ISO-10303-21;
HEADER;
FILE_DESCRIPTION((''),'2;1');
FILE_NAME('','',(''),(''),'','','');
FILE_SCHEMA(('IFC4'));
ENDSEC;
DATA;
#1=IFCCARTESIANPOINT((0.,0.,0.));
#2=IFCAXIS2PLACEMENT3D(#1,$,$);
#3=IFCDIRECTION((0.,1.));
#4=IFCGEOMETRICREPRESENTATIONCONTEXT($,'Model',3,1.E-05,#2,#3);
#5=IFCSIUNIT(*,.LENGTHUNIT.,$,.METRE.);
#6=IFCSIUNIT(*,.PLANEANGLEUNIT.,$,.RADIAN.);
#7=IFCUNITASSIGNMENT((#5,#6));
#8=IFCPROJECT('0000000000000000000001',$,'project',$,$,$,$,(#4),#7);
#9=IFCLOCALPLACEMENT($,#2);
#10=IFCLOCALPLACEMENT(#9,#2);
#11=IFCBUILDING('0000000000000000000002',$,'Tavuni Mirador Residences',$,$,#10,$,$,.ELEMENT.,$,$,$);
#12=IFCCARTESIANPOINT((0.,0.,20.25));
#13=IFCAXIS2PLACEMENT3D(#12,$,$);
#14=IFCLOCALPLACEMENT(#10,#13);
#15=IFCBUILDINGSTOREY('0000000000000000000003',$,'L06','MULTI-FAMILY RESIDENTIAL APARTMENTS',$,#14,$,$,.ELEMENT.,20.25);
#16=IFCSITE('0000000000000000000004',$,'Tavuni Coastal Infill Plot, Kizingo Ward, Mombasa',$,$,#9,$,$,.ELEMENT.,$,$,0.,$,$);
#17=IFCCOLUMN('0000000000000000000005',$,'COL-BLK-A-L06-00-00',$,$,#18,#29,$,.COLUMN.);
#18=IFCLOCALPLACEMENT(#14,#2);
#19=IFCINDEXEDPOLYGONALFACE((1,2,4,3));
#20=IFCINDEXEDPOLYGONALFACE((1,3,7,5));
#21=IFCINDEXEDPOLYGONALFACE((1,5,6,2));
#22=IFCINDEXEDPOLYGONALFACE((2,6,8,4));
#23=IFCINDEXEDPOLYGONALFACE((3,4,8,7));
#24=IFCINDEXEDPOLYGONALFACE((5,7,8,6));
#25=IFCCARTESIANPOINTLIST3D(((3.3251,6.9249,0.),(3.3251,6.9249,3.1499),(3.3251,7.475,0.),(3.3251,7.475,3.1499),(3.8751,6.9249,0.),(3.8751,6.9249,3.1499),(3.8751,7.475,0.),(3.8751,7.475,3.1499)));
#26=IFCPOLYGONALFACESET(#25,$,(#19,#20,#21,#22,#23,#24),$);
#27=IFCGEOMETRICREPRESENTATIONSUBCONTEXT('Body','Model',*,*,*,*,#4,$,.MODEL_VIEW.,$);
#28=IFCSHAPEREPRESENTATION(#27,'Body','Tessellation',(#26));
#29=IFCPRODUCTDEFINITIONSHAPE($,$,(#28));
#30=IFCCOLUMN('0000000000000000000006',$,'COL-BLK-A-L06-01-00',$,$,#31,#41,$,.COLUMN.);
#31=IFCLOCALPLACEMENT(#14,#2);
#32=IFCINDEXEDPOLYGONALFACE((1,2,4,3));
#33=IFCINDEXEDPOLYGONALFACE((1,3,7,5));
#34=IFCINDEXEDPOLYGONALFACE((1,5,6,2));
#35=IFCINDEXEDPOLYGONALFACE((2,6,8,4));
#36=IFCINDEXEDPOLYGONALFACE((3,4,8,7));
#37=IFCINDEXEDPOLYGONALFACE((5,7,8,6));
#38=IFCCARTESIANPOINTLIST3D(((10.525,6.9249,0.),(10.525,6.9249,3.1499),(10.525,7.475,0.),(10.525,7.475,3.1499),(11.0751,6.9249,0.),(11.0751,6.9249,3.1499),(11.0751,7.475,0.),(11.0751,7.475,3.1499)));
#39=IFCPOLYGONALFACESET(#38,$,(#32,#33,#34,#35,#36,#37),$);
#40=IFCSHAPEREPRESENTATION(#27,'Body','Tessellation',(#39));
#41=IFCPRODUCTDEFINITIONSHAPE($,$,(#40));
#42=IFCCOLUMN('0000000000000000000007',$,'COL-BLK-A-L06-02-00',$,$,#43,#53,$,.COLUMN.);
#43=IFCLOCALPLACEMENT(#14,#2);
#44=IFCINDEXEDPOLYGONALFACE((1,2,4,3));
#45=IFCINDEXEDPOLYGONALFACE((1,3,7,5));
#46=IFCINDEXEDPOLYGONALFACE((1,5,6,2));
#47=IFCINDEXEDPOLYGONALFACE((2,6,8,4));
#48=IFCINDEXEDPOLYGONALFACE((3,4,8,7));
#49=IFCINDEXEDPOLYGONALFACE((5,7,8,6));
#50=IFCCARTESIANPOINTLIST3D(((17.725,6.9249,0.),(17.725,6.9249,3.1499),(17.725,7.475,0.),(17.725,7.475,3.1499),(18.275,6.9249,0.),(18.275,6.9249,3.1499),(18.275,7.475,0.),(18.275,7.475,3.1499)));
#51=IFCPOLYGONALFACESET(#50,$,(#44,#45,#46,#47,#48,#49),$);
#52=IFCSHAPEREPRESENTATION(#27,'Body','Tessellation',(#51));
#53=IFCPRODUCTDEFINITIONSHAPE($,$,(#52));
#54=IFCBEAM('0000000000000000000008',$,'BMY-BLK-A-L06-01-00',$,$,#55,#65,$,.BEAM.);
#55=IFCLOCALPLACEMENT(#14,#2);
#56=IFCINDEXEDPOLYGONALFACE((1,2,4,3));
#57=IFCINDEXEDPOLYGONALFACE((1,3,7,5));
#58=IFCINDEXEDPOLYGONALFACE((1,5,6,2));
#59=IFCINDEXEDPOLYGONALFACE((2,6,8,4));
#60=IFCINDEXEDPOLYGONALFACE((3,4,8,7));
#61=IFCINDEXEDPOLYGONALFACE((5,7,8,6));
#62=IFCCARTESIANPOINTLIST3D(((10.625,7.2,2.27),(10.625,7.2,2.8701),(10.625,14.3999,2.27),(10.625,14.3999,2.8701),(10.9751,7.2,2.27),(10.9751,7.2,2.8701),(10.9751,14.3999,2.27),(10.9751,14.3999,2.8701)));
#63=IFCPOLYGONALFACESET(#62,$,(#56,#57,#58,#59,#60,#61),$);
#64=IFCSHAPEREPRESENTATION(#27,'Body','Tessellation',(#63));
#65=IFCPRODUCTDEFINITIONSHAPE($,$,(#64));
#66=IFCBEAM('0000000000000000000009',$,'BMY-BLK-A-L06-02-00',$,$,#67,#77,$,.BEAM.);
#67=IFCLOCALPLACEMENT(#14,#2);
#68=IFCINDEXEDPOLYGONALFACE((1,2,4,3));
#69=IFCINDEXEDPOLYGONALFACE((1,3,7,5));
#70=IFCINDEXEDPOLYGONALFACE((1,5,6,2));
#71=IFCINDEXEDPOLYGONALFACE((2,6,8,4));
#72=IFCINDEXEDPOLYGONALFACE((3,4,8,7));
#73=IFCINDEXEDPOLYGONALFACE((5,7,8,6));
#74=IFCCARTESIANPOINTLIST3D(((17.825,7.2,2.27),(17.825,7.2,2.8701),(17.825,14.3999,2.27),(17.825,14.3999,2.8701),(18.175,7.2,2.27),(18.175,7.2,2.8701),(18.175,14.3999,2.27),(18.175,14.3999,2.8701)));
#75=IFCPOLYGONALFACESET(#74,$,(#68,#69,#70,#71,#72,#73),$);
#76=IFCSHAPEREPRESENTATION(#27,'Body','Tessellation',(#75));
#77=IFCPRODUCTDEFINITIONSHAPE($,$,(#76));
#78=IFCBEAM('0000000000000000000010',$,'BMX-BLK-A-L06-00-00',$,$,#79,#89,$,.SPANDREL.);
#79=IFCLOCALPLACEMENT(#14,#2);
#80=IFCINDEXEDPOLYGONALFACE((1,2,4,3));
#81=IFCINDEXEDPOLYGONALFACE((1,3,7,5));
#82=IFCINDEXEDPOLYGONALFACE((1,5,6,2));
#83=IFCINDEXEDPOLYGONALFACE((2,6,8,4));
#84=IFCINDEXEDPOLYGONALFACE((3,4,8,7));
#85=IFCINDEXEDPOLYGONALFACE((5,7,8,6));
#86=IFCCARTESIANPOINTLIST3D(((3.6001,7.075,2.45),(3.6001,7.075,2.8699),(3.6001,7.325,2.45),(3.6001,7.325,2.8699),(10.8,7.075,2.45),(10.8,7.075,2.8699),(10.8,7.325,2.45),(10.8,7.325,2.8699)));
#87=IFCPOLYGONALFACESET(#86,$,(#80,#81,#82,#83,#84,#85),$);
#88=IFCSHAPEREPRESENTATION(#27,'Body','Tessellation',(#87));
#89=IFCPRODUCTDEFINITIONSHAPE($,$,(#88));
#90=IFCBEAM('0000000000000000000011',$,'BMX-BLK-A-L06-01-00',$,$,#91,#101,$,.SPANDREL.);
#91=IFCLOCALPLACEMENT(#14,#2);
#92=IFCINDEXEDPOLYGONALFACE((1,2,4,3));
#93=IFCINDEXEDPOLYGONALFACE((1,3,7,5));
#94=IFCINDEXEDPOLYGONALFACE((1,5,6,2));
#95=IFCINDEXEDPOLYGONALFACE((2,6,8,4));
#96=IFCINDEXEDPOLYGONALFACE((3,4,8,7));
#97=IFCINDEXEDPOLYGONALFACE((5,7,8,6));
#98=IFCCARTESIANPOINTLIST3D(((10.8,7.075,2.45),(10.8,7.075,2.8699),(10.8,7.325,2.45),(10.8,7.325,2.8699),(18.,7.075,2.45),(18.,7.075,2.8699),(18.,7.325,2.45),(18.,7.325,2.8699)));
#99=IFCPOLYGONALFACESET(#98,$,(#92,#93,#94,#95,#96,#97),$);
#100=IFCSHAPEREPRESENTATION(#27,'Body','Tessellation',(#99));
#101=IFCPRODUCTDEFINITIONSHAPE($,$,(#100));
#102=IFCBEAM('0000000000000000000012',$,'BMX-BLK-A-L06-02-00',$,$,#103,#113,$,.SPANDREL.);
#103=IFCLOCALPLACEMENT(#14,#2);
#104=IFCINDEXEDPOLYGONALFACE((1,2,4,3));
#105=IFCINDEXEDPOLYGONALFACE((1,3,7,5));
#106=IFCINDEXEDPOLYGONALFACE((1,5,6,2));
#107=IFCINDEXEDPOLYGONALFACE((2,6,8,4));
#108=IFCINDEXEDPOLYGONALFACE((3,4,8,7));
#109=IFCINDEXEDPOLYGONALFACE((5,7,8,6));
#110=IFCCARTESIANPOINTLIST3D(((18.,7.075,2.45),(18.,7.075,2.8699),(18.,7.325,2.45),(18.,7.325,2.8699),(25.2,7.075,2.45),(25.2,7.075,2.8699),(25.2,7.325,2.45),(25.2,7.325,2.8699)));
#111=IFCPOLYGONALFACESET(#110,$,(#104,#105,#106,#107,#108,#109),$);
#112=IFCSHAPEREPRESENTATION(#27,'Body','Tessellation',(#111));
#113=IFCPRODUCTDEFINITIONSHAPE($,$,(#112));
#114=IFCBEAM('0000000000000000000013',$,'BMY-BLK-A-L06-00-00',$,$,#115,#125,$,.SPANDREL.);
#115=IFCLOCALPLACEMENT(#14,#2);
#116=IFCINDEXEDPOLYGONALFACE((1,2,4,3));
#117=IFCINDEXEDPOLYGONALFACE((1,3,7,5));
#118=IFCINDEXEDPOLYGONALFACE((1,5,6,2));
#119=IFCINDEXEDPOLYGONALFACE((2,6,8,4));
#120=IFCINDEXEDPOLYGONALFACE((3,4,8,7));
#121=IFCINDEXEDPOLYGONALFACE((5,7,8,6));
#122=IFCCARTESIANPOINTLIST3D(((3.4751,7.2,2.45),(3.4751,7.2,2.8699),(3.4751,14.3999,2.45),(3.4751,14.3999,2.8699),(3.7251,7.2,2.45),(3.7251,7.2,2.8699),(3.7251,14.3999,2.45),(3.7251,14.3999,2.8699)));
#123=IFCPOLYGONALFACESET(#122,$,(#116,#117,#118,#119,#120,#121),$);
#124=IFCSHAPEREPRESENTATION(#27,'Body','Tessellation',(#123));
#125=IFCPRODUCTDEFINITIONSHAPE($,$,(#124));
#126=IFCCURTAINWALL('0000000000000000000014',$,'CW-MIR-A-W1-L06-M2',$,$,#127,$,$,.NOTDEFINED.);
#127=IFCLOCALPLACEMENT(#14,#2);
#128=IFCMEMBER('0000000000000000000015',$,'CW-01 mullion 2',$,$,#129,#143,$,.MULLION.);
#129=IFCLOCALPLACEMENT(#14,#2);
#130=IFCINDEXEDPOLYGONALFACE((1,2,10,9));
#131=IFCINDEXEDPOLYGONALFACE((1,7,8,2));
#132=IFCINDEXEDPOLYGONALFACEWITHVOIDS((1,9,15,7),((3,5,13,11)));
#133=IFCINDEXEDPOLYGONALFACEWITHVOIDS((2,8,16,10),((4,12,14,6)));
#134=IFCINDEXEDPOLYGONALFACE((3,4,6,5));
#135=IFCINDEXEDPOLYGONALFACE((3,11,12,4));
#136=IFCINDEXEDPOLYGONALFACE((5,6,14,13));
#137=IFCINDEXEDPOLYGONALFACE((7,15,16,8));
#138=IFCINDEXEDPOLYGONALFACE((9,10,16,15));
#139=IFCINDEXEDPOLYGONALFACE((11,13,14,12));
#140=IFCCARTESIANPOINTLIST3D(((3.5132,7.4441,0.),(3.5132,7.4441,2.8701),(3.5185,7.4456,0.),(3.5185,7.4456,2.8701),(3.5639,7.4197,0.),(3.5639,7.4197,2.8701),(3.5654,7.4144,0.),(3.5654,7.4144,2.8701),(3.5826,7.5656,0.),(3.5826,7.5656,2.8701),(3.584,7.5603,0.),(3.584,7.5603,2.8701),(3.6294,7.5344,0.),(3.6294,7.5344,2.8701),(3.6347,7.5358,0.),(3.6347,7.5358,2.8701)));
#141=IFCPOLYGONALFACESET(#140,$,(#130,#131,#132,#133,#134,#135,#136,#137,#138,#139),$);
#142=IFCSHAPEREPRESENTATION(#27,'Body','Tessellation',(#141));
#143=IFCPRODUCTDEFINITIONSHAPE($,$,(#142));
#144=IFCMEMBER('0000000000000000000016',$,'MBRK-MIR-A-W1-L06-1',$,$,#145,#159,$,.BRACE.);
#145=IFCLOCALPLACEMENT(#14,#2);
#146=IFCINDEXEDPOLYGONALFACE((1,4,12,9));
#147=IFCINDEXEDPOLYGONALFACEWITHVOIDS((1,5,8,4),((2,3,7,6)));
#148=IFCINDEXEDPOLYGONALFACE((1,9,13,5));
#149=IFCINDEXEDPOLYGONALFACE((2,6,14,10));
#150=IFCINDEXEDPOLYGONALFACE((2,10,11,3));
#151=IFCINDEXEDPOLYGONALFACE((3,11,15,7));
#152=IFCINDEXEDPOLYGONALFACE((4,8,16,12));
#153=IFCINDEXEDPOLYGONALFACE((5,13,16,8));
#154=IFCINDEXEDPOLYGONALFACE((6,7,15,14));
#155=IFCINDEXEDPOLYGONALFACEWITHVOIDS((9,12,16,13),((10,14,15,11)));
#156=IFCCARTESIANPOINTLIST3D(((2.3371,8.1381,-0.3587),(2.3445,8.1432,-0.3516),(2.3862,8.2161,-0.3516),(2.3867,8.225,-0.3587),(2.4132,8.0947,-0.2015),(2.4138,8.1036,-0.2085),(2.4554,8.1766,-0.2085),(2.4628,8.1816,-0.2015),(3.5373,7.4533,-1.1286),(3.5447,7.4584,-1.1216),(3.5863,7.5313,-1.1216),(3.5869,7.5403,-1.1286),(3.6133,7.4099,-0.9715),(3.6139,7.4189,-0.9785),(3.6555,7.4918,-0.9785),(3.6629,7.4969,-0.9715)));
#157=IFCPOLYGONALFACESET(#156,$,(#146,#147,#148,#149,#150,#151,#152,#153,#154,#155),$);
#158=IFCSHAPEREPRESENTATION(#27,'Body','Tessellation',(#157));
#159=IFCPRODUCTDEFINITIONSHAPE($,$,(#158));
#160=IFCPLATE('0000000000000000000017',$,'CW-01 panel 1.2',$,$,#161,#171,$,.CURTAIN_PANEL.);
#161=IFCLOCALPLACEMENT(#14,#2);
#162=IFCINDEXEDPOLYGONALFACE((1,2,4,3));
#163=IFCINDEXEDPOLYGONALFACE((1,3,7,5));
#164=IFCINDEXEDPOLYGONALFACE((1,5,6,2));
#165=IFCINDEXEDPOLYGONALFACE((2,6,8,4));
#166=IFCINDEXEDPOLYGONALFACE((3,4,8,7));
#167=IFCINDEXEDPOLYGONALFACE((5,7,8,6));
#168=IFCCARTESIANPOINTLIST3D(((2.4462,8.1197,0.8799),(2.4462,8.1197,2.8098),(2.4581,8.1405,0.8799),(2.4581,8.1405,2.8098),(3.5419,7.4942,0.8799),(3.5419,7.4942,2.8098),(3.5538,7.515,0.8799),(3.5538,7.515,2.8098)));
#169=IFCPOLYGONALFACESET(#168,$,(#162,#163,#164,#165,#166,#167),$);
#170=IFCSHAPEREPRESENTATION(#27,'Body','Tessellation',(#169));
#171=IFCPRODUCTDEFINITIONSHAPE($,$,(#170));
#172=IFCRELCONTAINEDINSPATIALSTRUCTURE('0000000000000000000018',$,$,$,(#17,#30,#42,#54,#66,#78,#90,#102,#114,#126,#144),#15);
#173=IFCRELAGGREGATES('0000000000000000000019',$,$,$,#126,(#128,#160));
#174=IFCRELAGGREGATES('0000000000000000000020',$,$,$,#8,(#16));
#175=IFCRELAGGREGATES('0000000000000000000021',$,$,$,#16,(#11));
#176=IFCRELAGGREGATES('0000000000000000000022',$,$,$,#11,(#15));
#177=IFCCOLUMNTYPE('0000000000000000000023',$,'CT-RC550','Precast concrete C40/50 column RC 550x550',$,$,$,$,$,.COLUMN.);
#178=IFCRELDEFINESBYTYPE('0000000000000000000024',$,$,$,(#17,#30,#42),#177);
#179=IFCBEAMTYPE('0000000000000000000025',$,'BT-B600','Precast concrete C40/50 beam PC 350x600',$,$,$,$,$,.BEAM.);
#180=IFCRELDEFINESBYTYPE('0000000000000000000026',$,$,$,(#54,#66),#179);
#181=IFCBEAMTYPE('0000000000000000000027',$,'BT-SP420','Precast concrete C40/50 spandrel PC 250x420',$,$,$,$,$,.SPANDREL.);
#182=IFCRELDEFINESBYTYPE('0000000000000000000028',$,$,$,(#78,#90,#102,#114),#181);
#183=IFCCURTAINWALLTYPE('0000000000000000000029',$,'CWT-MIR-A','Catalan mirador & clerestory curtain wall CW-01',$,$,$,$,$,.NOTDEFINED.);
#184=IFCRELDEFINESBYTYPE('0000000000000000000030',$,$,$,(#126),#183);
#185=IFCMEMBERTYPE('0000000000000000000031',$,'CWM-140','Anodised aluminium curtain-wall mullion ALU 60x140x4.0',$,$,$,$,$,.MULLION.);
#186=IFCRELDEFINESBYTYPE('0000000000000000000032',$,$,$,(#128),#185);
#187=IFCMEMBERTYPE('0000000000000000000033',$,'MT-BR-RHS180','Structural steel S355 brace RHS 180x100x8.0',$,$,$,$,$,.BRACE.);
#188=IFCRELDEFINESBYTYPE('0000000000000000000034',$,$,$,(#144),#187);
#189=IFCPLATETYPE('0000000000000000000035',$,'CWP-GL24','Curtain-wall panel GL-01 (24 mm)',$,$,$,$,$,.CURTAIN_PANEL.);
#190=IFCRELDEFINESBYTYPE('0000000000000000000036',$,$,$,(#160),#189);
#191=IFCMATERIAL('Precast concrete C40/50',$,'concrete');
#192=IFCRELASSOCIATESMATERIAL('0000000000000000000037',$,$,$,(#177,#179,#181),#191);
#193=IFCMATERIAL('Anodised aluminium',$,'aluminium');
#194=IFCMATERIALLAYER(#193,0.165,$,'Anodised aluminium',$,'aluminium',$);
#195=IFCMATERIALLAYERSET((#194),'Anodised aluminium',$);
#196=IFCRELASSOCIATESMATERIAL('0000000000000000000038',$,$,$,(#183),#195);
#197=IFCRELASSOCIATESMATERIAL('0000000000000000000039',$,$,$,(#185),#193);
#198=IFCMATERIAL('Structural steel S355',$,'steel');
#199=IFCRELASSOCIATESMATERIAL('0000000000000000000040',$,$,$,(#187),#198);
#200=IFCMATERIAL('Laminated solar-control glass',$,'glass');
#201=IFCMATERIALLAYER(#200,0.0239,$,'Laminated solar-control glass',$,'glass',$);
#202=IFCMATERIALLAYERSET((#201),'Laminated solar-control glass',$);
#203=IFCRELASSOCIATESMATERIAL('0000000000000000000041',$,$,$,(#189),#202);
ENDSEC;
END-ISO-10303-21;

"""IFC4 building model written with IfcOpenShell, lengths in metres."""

from ifc_helpers import new_model, si_unit, direction, frame, origin, origin_2d, place, context, subcontext, project, spatial, rectangle, hollow_rectangle, extrude, material, layer, layer_set, material_profile, profile_set, type_object, element, aggregate, save


model = new_model("IFC4")

# Units and contexts
model_context = context("Model", 3, precision=1e-05, world=origin(), true_north=direction((0.0, 1.0)))
body_context = subcontext(model_context, "Body", "Model", "MODEL_VIEW")
ifc_project = project(units=[si_unit("LENGTHUNIT", "METRE"), si_unit("PLANEANGLEUNIT", "RADIAN")], contexts=[model_context])

# Site, building, storey
site_placement = place(None, origin())
site = spatial("IfcSite", under=ifc_project, at=site_placement, Name="Tavuni Coastal Infill Plot, Kizingo Ward, Mombasa", CompositionType="ELEMENT", RefElevation=0.0)
building_placement = place(site_placement, origin())
building = spatial("IfcBuilding", under=site, at=building_placement, Name="Tavuni Mirador Residences", CompositionType="ELEMENT")
storey_placement = place(building_placement, frame((0.0, 0.0, 20.25)))
storey = spatial("IfcBuildingStorey", under=building, at=storey_placement, Name="L06", Description="MULTI-FAMILY RESIDENTIAL APARTMENTS", CompositionType="ELEMENT", Elevation=20.25)

# Columns
ifc_material_1 = material(Name="Precast concrete C40/50", Category="concrete")
ifc_material_profile_1 = material_profile(ifc_material_1, rectangle(XDim=0.55, YDim=0.55, at=origin_2d()), Name="RC 550x550", Category="concrete")
ifc_profile_set_1 = profile_set([ifc_material_profile_1], Name="Precast concrete C40/50")
column_type = type_object("IfcColumnType", Name="CT-RC550", Description="Precast concrete C40/50 column RC 550x550", PredefinedType="COLUMN", material=ifc_profile_set_1)
for number, where, z_axis, x_axis, name in (
    (1, (3.6001, 7.2, 0.0), (0.0, 0.0, 1.0), (1.0, 0.0, 0.0), "COL-BLK-A-L06-00-00"),
    (2, (10.8, 7.2, 0.0), (0.0, 0.0, 1.0), (1.0, 0.0, 0.0), "COL-BLK-A-L06-01-00"),
    (3, (18.0, 7.2, 0.0), (0.0, 0.0, 1.0), (1.0, 0.0, 0.0), "COL-BLK-A-L06-02-00"),
):
    element("IfcColumn", number, at=place(storey_placement, frame(where, z_axis=z_axis, x_axis=x_axis)), inside=storey, type_object=column_type, Name=name, PredefinedType="COLUMN", context=body_context, shape_type="SweptSolid", body=[
        extrude(rectangle(XDim=0.55, YDim=0.55, at=origin_2d()), origin(), (0.0, 0.0, 1.0), 3.1499),
    ])

# Beams
ifc_material_profile_2 = material_profile(ifc_material_1, rectangle(XDim=0.3501, YDim=0.6001, at=origin_2d()), Name="PC 350x600", Category="concrete")
ifc_profile_set_2 = profile_set([ifc_material_profile_2], Name="Precast concrete C40/50")
beam_type_1 = type_object("IfcBeamType", Name="BT-B600", Description="Precast concrete C40/50 beam PC 350x600", PredefinedType="BEAM", material=ifc_profile_set_2)
for number, where, z_axis, x_axis, name in (
    (4, (10.8, 7.2, 2.5701), (0.0, 1.0, 0.0), (-1.0, 0.0, 0.0), "BMY-BLK-A-L06-01-00"),
    (5, (18.0, 7.2, 2.5701), (0.0, 1.0, 0.0), (-1.0, 0.0, 0.0), "BMY-BLK-A-L06-02-00"),
):
    element("IfcBeam", number, at=place(storey_placement, frame(where, z_axis=z_axis, x_axis=x_axis)), inside=storey, type_object=beam_type_1, Name=name, PredefinedType="BEAM", context=body_context, shape_type="SweptSolid", body=[
        extrude(rectangle(XDim=0.3501, YDim=0.6001, at=origin_2d()), origin(), (0.0, 0.0, 1.0), 7.2),
    ])
ifc_material_profile_3 = material_profile(ifc_material_1, rectangle(XDim=0.25, YDim=0.4199, at=origin_2d()), Name="PC 250x420", Category="concrete")
ifc_profile_set_3 = profile_set([ifc_material_profile_3], Name="Precast concrete C40/50")
beam_type_2 = type_object("IfcBeamType", Name="BT-SP420", Description="Precast concrete C40/50 spandrel PC 250x420", PredefinedType="SPANDREL", material=ifc_profile_set_3)
for number, where, z_axis, x_axis, name in (
    (6, (3.6001, 7.2, 2.6599), (1.0, 0.0, 0.0), (0.0, 1.0, 0.0), "BMX-BLK-A-L06-00-00"),
    (7, (10.8, 7.2, 2.6599), (1.0, 0.0, 0.0), (0.0, 1.0, 0.0), "BMX-BLK-A-L06-01-00"),
    (8, (18.0, 7.2, 2.6599), (1.0, 0.0, 0.0), (0.0, 1.0, 0.0), "BMX-BLK-A-L06-02-00"),
    (9, (3.6001, 7.2, 2.6599), (0.0, 1.0, 0.0), (-1.0, 0.0, 0.0), "BMY-BLK-A-L06-00-00"),
):
    element("IfcBeam", number, at=place(storey_placement, frame(where, z_axis=z_axis, x_axis=x_axis)), inside=storey, type_object=beam_type_2, Name=name, PredefinedType="SPANDREL", context=body_context, shape_type="SweptSolid", body=[
        extrude(rectangle(XDim=0.25, YDim=0.4199, at=origin_2d()), origin(), (0.0, 0.0, 1.0), 7.2),
    ])

# Curtain wall, member
ifc_material_2 = material(Name="Anodised aluminium", Category="aluminium")
ifc_layer_1 = layer(ifc_material_2, 0.165, Name="Anodised aluminium", Category="aluminium")
ifc_layer_set_1 = layer_set([ifc_layer_1], Name="Anodised aluminium")
curtain_wall_type = type_object("IfcCurtainWallType", Name="CWT-MIR-A", Description="Catalan mirador & clerestory curtain wall CW-01", PredefinedType="NOTDEFINED", material=ifc_layer_set_1)
curtain_wall_placement = place(storey_placement, origin())
curtain_wall = element("IfcCurtainWall", 10, at=curtain_wall_placement, inside=storey, type_object=curtain_wall_type, Name="CW-MIR-A-W1-L06-M2", PredefinedType="NOTDEFINED")
ifc_material_profile_4 = material_profile(ifc_material_2, hollow_rectangle(XDim=0.0601, YDim=0.1399, WallThickness=0.0039, at=origin_2d()), Name="ALU 60x140x4.0", Category="aluminium")
ifc_profile_set_4 = profile_set([ifc_material_profile_4], Name="Anodised aluminium")
member_type_1 = type_object("IfcMemberType", Name="CWM-140", Description="Anodised aluminium curtain-wall mullion ALU 60x140x4.0", PredefinedType="MULLION", material=ifc_profile_set_4)
member_1_placement = place(storey_placement, frame((3.574, 7.49, 0.0), z_axis=(0.0, 0.0, 1.0), x_axis=(0.868466, -0.495749, 0.0)))
member_1 = element("IfcMember", 11, at=member_1_placement, type_object=member_type_1, Name="CW-01 mullion 2", PredefinedType="MULLION", context=body_context, shape_type="SweptSolid", body=[
    extrude(hollow_rectangle(XDim=0.0601, YDim=0.1399, WallThickness=0.0039, at=origin_2d()), origin(), (0.0, 0.0, 1.0), 2.8701),
])

# Member
ifc_material_3 = material(Name="Structural steel S355", Category="steel")
ifc_material_profile_5 = material_profile(ifc_material_3, hollow_rectangle(XDim=0.1001, YDim=0.1799, WallThickness=0.0081, at=origin_2d()), Name="RHS 180x100x8.0", Category="steel")
ifc_profile_set_5 = profile_set([ifc_material_profile_5], Name="Structural steel S355")
member_type_2 = type_object("IfcMemberType", Name="MT-BR-RHS180", Description="Structural steel S355 brace RHS 180x100x8.0", PredefinedType="BRACE", material=ifc_profile_set_5)
member_2_placement = place(storey_placement, frame((3.6001, 7.4751, -1.05), z_axis=(-0.758711, 0.43291, 0.486772), x_axis=(-0.495587, -0.868558, 0.0)))
element("IfcMember", 12, at=member_2_placement, inside=storey, type_object=member_type_2, Name="MBRK-MIR-A-W1-L06-1", PredefinedType="BRACE", context=body_context, shape_type="SweptSolid", body=[
    extrude(hollow_rectangle(XDim=0.1001, YDim=0.1799, WallThickness=0.0081, at=origin_2d()), origin(), (0.0, 0.0, 1.0), 1.5818),
])

# Plate
ifc_material_4 = material(Name="Laminated solar-control glass", Category="glass")
ifc_layer_2 = layer(ifc_material_4, 0.0239, Name="Laminated solar-control glass", Category="glass")
ifc_layer_set_2 = layer_set([ifc_layer_2], Name="Laminated solar-control glass")
plate_type = type_object("IfcPlateType", Name="CWP-GL24", Description="Curtain-wall panel GL-01 (24 mm)", PredefinedType="CURTAIN_PANEL", material=ifc_layer_set_2)
plate_placement = place(storey_placement, frame((3.0, 7.8174, 0.8799), z_axis=(0.0, 0.0, 1.0), x_axis=(0.868466, -0.495749, 0.0)))
plate = element("IfcPlate", 13, at=plate_placement, type_object=plate_type, Name="CW-01 panel 1.2", PredefinedType="CURTAIN_PANEL", context=body_context, shape_type="SweptSolid", body=[
    extrude(rectangle(XDim=1.2617, YDim=0.0239, at=origin_2d()), origin(), (0.0, 0.0, 1.0), 1.9299),
])
aggregate(curtain_wall, [member_1, plate])

save(model, "model.ifc")
